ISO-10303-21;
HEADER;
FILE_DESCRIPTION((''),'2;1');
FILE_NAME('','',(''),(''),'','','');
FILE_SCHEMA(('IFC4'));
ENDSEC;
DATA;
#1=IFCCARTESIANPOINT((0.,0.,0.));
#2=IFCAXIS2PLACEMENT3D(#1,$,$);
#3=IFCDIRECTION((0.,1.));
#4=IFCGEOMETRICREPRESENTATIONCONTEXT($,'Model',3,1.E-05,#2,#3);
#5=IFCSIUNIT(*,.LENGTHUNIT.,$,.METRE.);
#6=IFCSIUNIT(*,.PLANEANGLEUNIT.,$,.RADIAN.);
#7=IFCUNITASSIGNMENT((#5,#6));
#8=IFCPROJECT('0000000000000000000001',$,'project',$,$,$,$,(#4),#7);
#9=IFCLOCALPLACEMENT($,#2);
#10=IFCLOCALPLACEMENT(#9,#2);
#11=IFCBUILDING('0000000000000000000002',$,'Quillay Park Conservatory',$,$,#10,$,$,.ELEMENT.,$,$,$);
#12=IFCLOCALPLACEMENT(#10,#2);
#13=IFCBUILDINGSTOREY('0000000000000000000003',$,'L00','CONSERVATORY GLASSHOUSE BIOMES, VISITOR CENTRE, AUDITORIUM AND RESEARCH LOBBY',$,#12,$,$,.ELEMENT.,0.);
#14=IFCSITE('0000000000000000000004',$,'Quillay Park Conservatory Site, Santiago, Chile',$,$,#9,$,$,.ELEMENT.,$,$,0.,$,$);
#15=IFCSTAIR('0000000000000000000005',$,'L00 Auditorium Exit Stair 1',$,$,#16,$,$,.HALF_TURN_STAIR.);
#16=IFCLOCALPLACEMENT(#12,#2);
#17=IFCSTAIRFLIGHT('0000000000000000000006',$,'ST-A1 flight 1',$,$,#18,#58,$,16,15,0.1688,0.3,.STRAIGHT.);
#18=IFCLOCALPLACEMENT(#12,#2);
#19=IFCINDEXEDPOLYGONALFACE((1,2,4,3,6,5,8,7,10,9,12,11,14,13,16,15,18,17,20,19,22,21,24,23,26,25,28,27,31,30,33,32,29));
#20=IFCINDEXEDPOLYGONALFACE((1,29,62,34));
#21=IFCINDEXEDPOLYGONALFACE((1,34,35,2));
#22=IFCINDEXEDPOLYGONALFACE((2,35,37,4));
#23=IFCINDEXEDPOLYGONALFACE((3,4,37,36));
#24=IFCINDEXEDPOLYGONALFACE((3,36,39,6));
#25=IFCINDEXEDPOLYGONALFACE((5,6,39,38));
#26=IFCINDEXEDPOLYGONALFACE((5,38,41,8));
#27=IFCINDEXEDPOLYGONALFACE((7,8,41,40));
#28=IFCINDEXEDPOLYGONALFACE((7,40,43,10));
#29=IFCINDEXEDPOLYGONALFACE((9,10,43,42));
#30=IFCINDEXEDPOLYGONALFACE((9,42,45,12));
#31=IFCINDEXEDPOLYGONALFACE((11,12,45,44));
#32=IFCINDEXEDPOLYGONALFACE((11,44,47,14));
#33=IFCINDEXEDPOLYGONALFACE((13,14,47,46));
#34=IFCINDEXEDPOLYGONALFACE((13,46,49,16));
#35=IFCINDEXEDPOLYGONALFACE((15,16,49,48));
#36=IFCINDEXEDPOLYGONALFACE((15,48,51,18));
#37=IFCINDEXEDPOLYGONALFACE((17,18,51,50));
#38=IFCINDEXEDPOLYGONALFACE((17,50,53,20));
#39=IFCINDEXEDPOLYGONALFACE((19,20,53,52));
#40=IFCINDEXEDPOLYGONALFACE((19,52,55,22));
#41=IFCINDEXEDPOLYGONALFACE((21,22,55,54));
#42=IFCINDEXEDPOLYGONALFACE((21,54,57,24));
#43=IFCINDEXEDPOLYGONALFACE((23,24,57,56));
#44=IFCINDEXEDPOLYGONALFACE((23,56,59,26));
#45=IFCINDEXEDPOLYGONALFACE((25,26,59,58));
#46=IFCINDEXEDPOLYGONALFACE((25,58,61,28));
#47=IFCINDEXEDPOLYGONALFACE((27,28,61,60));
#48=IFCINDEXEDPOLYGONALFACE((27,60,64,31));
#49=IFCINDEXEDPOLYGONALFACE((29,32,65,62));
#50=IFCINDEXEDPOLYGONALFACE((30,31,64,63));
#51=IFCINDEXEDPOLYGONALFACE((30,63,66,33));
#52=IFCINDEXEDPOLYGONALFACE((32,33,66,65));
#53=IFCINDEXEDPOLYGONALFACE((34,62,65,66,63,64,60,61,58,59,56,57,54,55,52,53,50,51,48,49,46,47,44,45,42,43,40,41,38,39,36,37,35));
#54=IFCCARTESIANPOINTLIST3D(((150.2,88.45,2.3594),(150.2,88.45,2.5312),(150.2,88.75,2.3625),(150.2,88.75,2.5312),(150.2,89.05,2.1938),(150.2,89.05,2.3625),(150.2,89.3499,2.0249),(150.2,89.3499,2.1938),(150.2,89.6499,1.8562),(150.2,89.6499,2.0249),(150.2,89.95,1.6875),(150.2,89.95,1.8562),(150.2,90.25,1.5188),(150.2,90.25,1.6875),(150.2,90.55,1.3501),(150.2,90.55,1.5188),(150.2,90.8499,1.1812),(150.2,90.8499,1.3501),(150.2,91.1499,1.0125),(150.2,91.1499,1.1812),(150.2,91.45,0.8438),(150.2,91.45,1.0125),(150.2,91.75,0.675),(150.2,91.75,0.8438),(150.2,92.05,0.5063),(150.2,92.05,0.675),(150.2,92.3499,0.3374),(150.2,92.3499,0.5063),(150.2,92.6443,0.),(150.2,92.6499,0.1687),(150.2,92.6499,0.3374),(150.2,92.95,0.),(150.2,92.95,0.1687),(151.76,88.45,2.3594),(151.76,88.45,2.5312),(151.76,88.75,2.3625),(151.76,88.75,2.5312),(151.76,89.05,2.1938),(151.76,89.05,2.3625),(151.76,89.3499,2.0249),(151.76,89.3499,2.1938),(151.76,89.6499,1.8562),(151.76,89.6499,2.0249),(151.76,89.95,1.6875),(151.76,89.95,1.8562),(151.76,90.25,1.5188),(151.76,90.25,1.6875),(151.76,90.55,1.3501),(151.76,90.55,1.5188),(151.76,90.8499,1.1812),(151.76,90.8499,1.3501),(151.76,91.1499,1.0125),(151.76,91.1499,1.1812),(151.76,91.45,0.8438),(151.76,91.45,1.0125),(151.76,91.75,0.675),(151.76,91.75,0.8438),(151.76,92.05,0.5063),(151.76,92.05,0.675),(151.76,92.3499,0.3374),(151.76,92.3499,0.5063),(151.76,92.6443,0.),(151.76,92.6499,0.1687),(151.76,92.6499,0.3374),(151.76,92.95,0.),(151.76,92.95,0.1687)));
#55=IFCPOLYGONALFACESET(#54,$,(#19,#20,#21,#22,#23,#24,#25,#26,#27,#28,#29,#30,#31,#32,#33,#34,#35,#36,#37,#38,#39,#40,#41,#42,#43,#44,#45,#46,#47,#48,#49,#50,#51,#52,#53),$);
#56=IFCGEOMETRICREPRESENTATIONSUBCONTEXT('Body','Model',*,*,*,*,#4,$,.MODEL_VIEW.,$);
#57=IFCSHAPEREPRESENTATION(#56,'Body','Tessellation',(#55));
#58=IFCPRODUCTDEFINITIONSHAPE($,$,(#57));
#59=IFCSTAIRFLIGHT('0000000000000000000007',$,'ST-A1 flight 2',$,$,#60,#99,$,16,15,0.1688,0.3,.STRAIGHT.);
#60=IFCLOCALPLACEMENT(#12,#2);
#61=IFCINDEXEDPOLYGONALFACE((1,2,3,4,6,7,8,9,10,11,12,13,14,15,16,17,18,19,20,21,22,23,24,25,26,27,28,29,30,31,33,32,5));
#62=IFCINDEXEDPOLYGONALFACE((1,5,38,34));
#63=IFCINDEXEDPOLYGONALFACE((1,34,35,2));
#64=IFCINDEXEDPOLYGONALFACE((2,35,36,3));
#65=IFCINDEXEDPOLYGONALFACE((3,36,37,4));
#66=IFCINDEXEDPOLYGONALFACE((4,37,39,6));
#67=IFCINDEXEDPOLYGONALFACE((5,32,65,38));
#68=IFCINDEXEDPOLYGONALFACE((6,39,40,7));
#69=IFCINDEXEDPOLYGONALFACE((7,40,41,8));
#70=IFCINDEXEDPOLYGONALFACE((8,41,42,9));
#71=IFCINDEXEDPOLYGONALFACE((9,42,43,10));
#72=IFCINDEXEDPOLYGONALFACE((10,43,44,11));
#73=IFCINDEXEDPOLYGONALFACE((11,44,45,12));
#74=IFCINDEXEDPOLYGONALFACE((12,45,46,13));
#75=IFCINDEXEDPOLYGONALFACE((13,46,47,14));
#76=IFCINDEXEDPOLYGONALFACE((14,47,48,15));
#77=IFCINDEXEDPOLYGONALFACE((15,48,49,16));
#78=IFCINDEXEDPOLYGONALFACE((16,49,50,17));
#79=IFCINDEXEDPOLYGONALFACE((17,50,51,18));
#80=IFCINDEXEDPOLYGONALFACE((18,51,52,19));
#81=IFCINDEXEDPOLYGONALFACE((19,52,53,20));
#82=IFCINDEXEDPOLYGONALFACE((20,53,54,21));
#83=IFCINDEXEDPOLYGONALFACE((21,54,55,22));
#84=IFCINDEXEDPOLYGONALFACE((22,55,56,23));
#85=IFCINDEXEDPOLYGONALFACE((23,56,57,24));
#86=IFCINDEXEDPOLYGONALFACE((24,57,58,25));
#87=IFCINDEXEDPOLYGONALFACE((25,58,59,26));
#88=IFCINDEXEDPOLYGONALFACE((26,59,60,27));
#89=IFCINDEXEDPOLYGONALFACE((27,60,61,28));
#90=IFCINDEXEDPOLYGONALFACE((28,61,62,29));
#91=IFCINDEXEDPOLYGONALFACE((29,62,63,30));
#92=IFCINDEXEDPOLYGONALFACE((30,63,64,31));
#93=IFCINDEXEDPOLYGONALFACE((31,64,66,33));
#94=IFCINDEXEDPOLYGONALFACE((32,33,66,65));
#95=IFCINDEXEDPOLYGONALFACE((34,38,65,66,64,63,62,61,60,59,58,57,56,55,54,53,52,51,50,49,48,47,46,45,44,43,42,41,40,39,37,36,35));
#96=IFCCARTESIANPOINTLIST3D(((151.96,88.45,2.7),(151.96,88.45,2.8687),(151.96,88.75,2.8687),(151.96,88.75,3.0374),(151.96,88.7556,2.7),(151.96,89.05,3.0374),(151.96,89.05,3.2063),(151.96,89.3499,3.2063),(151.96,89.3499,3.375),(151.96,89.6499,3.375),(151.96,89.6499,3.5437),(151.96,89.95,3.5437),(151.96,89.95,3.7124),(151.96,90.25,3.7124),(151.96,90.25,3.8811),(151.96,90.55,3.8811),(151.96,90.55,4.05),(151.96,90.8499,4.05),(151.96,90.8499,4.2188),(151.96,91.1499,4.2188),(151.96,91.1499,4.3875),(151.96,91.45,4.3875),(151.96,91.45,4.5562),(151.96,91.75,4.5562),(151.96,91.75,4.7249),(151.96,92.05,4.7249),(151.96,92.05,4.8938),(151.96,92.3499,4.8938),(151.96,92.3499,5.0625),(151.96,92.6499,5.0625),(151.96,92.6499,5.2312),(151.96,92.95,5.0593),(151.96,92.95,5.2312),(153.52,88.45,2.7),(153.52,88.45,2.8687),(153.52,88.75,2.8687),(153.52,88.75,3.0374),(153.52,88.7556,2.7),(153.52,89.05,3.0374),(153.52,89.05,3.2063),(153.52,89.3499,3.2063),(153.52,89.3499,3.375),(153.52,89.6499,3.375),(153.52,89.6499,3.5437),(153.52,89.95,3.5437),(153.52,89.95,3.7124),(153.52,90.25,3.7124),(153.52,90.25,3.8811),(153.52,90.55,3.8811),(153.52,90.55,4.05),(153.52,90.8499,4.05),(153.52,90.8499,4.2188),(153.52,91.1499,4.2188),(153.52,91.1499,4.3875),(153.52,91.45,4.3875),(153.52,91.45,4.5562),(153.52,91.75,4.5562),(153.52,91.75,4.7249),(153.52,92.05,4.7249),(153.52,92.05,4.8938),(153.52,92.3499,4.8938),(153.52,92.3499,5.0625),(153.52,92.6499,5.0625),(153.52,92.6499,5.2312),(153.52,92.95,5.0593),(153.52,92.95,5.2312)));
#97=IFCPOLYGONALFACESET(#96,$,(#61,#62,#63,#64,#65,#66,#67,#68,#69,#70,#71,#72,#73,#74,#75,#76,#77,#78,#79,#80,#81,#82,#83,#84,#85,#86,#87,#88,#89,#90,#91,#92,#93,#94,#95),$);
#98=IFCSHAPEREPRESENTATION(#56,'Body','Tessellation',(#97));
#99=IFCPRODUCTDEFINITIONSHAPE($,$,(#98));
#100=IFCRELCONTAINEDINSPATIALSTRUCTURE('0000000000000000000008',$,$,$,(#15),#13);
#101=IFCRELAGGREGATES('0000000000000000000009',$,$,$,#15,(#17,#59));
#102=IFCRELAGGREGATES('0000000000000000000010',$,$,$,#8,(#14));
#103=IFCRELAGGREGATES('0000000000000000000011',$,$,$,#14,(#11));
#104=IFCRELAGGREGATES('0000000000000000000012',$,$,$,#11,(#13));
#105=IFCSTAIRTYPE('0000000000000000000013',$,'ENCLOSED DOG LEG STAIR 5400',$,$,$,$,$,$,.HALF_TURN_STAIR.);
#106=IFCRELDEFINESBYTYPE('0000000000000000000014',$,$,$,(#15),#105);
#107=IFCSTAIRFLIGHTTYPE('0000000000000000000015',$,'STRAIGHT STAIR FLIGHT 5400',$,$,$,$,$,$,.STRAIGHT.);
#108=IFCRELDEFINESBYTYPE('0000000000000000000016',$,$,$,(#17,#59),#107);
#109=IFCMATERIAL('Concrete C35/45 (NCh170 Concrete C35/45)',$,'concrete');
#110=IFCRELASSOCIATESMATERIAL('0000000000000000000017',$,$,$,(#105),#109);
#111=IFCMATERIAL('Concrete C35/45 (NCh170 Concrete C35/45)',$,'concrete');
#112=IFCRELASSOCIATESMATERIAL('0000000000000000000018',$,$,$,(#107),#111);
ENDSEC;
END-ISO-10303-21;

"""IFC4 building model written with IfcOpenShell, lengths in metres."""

from ifc_helpers import new_model, si_unit, direction, frame, origin, place, context, subcontext, project, spatial, polyline, outline, extrude, material, type_object, element, aggregate, save


model = new_model("IFC4")

# Units and contexts
model_context = context("Model", 3, precision=1e-05, world=origin(), true_north=direction((0.0, 1.0)))
body_context = subcontext(model_context, "Body", "Model", "MODEL_VIEW")
ifc_project = project(units=[si_unit("LENGTHUNIT", "METRE"), si_unit("PLANEANGLEUNIT", "RADIAN")], contexts=[model_context])

# Site, building, storey
site_placement = place(None, origin())
site = spatial("IfcSite", under=ifc_project, at=site_placement, Name="Quillay Park Conservatory Site, Santiago, Chile", CompositionType="ELEMENT", RefElevation=0.0)
building_placement = place(site_placement, origin())
building = spatial("IfcBuilding", under=site, at=building_placement, Name="Quillay Park Conservatory", CompositionType="ELEMENT")
storey_placement = place(building_placement, origin())
storey = spatial("IfcBuildingStorey", under=building, at=storey_placement, Name="L00", Description="CONSERVATORY GLASSHOUSE BIOMES, VISITOR CENTRE, AUDITORIUM AND RESEARCH LOBBY", CompositionType="ELEMENT", Elevation=0.0)

# Stair, stair flights
ifc_material_1 = material(Name="Concrete C35/45 (NCh170 Concrete C35/45)", Category="concrete")
stair_type = type_object("IfcStairType", Name="ENCLOSED DOG LEG STAIR 5400", PredefinedType="HALF_TURN_STAIR", material=ifc_material_1)
stair_placement = place(storey_placement, origin())
stair = element("IfcStair", 1, at=stair_placement, inside=storey, type_object=stair_type, Name="L00 Auditorium Exit Stair 1", PredefinedType="HALF_TURN_STAIR")
ifc_material_2 = material(Name="Concrete C35/45 (NCh170 Concrete C35/45)", Category="concrete")
stair_flight_type = type_object("IfcStairFlightType", Name="STRAIGHT STAIR FLIGHT 5400", PredefinedType="STRAIGHT", material=ifc_material_2)
stair_flight_1_placement = place(storey_placement, frame((150.98, 92.95, 0.0), z_axis=(0.0, 0.0, 1.0), x_axis=(0.0, -1.0, 0.0)))
stair_flight_1 = element("IfcStairFlight", 2, at=stair_flight_1_placement, type_object=stair_flight_type, Name="ST-A1 flight 1", NumberOfRisers=16, NumberOfTreads=15, PredefinedType="STRAIGHT", RiserHeight=0.1688, TreadLength=0.3, context=body_context, shape_type="SweptSolid", body=[
    extrude(outline(polyline([(0.0, 0.0), (0.0, 0.1687), (0.3, 0.1687), (0.3, 0.3374), (0.6001, 0.3374), (0.6001, 0.5063), (0.8999, 0.5063), (0.8999, 0.675), (1.2, 0.675), (1.2, 0.8438), (1.5, 0.8438), (1.5, 1.0125), (1.8, 1.0125), (1.8, 1.1812), (2.1001, 1.1812), (2.1001, 1.3501), (2.3999, 1.3501), (2.3999, 1.5188), (2.7, 1.5188), (2.7, 1.6875), (3.0, 1.6875), (3.0, 1.8562), (3.3, 1.8562), (3.3, 2.0249), (3.6001, 2.0249), (3.6001, 2.1938), (3.8999, 2.1938), (3.8999, 2.3625), (4.2, 2.3625), (4.2, 2.5312), (4.5, 2.5312), (4.5, 2.7), (4.5, 2.3594), (0.3057, 0.0), (0.0, 0.0)])), frame((0.0, 0.78, 0.0), z_axis=(0.0, -1.0, 0.0), x_axis=(1.0, 0.0, 0.0)), (0.0, 0.0, 1.0), 1.5601),
])
stair_flight_2_placement = place(storey_placement, frame((152.74, 88.45, 2.7), z_axis=(0.0, 0.0, 1.0), x_axis=(0.0, 1.0, 0.0)))
stair_flight_2 = element("IfcStairFlight", 3, at=stair_flight_2_placement, type_object=stair_flight_type, Name="ST-A1 flight 2", NumberOfRisers=16, NumberOfTreads=15, PredefinedType="STRAIGHT", RiserHeight=0.1688, TreadLength=0.3, context=body_context, shape_type="SweptSolid", body=[
    extrude(outline(polyline([(0.0, 0.0), (0.0, 0.1687), (0.3, 0.1687), (0.3, 0.3374), (0.6001, 0.3374), (0.6001, 0.5063), (0.8999, 0.5063), (0.8999, 0.675), (1.2, 0.675), (1.2, 0.8438), (1.5, 0.8438), (1.5, 1.0125), (1.8, 1.0125), (1.8, 1.1812), (2.1001, 1.1812), (2.1001, 1.3501), (2.3999, 1.3501), (2.3999, 1.5188), (2.7, 1.5188), (2.7, 1.6875), (3.0, 1.6875), (3.0, 1.8562), (3.3, 1.8562), (3.3, 2.0249), (3.6001, 2.0249), (3.6001, 2.1938), (3.8999, 2.1938), (3.8999, 2.3625), (4.2, 2.3625), (4.2, 2.5312), (4.5, 2.5312), (4.5, 2.7), (4.5, 2.3594), (0.3057, 0.0), (0.0, 0.0)])), frame((0.0, 0.78, 0.0), z_axis=(0.0, -1.0, 0.0), x_axis=(1.0, 0.0, 0.0)), (0.0, 0.0, 1.0), 1.5601),
])
aggregate(stair, [stair_flight_1, stair_flight_2])

save(model, "model.ifc")
